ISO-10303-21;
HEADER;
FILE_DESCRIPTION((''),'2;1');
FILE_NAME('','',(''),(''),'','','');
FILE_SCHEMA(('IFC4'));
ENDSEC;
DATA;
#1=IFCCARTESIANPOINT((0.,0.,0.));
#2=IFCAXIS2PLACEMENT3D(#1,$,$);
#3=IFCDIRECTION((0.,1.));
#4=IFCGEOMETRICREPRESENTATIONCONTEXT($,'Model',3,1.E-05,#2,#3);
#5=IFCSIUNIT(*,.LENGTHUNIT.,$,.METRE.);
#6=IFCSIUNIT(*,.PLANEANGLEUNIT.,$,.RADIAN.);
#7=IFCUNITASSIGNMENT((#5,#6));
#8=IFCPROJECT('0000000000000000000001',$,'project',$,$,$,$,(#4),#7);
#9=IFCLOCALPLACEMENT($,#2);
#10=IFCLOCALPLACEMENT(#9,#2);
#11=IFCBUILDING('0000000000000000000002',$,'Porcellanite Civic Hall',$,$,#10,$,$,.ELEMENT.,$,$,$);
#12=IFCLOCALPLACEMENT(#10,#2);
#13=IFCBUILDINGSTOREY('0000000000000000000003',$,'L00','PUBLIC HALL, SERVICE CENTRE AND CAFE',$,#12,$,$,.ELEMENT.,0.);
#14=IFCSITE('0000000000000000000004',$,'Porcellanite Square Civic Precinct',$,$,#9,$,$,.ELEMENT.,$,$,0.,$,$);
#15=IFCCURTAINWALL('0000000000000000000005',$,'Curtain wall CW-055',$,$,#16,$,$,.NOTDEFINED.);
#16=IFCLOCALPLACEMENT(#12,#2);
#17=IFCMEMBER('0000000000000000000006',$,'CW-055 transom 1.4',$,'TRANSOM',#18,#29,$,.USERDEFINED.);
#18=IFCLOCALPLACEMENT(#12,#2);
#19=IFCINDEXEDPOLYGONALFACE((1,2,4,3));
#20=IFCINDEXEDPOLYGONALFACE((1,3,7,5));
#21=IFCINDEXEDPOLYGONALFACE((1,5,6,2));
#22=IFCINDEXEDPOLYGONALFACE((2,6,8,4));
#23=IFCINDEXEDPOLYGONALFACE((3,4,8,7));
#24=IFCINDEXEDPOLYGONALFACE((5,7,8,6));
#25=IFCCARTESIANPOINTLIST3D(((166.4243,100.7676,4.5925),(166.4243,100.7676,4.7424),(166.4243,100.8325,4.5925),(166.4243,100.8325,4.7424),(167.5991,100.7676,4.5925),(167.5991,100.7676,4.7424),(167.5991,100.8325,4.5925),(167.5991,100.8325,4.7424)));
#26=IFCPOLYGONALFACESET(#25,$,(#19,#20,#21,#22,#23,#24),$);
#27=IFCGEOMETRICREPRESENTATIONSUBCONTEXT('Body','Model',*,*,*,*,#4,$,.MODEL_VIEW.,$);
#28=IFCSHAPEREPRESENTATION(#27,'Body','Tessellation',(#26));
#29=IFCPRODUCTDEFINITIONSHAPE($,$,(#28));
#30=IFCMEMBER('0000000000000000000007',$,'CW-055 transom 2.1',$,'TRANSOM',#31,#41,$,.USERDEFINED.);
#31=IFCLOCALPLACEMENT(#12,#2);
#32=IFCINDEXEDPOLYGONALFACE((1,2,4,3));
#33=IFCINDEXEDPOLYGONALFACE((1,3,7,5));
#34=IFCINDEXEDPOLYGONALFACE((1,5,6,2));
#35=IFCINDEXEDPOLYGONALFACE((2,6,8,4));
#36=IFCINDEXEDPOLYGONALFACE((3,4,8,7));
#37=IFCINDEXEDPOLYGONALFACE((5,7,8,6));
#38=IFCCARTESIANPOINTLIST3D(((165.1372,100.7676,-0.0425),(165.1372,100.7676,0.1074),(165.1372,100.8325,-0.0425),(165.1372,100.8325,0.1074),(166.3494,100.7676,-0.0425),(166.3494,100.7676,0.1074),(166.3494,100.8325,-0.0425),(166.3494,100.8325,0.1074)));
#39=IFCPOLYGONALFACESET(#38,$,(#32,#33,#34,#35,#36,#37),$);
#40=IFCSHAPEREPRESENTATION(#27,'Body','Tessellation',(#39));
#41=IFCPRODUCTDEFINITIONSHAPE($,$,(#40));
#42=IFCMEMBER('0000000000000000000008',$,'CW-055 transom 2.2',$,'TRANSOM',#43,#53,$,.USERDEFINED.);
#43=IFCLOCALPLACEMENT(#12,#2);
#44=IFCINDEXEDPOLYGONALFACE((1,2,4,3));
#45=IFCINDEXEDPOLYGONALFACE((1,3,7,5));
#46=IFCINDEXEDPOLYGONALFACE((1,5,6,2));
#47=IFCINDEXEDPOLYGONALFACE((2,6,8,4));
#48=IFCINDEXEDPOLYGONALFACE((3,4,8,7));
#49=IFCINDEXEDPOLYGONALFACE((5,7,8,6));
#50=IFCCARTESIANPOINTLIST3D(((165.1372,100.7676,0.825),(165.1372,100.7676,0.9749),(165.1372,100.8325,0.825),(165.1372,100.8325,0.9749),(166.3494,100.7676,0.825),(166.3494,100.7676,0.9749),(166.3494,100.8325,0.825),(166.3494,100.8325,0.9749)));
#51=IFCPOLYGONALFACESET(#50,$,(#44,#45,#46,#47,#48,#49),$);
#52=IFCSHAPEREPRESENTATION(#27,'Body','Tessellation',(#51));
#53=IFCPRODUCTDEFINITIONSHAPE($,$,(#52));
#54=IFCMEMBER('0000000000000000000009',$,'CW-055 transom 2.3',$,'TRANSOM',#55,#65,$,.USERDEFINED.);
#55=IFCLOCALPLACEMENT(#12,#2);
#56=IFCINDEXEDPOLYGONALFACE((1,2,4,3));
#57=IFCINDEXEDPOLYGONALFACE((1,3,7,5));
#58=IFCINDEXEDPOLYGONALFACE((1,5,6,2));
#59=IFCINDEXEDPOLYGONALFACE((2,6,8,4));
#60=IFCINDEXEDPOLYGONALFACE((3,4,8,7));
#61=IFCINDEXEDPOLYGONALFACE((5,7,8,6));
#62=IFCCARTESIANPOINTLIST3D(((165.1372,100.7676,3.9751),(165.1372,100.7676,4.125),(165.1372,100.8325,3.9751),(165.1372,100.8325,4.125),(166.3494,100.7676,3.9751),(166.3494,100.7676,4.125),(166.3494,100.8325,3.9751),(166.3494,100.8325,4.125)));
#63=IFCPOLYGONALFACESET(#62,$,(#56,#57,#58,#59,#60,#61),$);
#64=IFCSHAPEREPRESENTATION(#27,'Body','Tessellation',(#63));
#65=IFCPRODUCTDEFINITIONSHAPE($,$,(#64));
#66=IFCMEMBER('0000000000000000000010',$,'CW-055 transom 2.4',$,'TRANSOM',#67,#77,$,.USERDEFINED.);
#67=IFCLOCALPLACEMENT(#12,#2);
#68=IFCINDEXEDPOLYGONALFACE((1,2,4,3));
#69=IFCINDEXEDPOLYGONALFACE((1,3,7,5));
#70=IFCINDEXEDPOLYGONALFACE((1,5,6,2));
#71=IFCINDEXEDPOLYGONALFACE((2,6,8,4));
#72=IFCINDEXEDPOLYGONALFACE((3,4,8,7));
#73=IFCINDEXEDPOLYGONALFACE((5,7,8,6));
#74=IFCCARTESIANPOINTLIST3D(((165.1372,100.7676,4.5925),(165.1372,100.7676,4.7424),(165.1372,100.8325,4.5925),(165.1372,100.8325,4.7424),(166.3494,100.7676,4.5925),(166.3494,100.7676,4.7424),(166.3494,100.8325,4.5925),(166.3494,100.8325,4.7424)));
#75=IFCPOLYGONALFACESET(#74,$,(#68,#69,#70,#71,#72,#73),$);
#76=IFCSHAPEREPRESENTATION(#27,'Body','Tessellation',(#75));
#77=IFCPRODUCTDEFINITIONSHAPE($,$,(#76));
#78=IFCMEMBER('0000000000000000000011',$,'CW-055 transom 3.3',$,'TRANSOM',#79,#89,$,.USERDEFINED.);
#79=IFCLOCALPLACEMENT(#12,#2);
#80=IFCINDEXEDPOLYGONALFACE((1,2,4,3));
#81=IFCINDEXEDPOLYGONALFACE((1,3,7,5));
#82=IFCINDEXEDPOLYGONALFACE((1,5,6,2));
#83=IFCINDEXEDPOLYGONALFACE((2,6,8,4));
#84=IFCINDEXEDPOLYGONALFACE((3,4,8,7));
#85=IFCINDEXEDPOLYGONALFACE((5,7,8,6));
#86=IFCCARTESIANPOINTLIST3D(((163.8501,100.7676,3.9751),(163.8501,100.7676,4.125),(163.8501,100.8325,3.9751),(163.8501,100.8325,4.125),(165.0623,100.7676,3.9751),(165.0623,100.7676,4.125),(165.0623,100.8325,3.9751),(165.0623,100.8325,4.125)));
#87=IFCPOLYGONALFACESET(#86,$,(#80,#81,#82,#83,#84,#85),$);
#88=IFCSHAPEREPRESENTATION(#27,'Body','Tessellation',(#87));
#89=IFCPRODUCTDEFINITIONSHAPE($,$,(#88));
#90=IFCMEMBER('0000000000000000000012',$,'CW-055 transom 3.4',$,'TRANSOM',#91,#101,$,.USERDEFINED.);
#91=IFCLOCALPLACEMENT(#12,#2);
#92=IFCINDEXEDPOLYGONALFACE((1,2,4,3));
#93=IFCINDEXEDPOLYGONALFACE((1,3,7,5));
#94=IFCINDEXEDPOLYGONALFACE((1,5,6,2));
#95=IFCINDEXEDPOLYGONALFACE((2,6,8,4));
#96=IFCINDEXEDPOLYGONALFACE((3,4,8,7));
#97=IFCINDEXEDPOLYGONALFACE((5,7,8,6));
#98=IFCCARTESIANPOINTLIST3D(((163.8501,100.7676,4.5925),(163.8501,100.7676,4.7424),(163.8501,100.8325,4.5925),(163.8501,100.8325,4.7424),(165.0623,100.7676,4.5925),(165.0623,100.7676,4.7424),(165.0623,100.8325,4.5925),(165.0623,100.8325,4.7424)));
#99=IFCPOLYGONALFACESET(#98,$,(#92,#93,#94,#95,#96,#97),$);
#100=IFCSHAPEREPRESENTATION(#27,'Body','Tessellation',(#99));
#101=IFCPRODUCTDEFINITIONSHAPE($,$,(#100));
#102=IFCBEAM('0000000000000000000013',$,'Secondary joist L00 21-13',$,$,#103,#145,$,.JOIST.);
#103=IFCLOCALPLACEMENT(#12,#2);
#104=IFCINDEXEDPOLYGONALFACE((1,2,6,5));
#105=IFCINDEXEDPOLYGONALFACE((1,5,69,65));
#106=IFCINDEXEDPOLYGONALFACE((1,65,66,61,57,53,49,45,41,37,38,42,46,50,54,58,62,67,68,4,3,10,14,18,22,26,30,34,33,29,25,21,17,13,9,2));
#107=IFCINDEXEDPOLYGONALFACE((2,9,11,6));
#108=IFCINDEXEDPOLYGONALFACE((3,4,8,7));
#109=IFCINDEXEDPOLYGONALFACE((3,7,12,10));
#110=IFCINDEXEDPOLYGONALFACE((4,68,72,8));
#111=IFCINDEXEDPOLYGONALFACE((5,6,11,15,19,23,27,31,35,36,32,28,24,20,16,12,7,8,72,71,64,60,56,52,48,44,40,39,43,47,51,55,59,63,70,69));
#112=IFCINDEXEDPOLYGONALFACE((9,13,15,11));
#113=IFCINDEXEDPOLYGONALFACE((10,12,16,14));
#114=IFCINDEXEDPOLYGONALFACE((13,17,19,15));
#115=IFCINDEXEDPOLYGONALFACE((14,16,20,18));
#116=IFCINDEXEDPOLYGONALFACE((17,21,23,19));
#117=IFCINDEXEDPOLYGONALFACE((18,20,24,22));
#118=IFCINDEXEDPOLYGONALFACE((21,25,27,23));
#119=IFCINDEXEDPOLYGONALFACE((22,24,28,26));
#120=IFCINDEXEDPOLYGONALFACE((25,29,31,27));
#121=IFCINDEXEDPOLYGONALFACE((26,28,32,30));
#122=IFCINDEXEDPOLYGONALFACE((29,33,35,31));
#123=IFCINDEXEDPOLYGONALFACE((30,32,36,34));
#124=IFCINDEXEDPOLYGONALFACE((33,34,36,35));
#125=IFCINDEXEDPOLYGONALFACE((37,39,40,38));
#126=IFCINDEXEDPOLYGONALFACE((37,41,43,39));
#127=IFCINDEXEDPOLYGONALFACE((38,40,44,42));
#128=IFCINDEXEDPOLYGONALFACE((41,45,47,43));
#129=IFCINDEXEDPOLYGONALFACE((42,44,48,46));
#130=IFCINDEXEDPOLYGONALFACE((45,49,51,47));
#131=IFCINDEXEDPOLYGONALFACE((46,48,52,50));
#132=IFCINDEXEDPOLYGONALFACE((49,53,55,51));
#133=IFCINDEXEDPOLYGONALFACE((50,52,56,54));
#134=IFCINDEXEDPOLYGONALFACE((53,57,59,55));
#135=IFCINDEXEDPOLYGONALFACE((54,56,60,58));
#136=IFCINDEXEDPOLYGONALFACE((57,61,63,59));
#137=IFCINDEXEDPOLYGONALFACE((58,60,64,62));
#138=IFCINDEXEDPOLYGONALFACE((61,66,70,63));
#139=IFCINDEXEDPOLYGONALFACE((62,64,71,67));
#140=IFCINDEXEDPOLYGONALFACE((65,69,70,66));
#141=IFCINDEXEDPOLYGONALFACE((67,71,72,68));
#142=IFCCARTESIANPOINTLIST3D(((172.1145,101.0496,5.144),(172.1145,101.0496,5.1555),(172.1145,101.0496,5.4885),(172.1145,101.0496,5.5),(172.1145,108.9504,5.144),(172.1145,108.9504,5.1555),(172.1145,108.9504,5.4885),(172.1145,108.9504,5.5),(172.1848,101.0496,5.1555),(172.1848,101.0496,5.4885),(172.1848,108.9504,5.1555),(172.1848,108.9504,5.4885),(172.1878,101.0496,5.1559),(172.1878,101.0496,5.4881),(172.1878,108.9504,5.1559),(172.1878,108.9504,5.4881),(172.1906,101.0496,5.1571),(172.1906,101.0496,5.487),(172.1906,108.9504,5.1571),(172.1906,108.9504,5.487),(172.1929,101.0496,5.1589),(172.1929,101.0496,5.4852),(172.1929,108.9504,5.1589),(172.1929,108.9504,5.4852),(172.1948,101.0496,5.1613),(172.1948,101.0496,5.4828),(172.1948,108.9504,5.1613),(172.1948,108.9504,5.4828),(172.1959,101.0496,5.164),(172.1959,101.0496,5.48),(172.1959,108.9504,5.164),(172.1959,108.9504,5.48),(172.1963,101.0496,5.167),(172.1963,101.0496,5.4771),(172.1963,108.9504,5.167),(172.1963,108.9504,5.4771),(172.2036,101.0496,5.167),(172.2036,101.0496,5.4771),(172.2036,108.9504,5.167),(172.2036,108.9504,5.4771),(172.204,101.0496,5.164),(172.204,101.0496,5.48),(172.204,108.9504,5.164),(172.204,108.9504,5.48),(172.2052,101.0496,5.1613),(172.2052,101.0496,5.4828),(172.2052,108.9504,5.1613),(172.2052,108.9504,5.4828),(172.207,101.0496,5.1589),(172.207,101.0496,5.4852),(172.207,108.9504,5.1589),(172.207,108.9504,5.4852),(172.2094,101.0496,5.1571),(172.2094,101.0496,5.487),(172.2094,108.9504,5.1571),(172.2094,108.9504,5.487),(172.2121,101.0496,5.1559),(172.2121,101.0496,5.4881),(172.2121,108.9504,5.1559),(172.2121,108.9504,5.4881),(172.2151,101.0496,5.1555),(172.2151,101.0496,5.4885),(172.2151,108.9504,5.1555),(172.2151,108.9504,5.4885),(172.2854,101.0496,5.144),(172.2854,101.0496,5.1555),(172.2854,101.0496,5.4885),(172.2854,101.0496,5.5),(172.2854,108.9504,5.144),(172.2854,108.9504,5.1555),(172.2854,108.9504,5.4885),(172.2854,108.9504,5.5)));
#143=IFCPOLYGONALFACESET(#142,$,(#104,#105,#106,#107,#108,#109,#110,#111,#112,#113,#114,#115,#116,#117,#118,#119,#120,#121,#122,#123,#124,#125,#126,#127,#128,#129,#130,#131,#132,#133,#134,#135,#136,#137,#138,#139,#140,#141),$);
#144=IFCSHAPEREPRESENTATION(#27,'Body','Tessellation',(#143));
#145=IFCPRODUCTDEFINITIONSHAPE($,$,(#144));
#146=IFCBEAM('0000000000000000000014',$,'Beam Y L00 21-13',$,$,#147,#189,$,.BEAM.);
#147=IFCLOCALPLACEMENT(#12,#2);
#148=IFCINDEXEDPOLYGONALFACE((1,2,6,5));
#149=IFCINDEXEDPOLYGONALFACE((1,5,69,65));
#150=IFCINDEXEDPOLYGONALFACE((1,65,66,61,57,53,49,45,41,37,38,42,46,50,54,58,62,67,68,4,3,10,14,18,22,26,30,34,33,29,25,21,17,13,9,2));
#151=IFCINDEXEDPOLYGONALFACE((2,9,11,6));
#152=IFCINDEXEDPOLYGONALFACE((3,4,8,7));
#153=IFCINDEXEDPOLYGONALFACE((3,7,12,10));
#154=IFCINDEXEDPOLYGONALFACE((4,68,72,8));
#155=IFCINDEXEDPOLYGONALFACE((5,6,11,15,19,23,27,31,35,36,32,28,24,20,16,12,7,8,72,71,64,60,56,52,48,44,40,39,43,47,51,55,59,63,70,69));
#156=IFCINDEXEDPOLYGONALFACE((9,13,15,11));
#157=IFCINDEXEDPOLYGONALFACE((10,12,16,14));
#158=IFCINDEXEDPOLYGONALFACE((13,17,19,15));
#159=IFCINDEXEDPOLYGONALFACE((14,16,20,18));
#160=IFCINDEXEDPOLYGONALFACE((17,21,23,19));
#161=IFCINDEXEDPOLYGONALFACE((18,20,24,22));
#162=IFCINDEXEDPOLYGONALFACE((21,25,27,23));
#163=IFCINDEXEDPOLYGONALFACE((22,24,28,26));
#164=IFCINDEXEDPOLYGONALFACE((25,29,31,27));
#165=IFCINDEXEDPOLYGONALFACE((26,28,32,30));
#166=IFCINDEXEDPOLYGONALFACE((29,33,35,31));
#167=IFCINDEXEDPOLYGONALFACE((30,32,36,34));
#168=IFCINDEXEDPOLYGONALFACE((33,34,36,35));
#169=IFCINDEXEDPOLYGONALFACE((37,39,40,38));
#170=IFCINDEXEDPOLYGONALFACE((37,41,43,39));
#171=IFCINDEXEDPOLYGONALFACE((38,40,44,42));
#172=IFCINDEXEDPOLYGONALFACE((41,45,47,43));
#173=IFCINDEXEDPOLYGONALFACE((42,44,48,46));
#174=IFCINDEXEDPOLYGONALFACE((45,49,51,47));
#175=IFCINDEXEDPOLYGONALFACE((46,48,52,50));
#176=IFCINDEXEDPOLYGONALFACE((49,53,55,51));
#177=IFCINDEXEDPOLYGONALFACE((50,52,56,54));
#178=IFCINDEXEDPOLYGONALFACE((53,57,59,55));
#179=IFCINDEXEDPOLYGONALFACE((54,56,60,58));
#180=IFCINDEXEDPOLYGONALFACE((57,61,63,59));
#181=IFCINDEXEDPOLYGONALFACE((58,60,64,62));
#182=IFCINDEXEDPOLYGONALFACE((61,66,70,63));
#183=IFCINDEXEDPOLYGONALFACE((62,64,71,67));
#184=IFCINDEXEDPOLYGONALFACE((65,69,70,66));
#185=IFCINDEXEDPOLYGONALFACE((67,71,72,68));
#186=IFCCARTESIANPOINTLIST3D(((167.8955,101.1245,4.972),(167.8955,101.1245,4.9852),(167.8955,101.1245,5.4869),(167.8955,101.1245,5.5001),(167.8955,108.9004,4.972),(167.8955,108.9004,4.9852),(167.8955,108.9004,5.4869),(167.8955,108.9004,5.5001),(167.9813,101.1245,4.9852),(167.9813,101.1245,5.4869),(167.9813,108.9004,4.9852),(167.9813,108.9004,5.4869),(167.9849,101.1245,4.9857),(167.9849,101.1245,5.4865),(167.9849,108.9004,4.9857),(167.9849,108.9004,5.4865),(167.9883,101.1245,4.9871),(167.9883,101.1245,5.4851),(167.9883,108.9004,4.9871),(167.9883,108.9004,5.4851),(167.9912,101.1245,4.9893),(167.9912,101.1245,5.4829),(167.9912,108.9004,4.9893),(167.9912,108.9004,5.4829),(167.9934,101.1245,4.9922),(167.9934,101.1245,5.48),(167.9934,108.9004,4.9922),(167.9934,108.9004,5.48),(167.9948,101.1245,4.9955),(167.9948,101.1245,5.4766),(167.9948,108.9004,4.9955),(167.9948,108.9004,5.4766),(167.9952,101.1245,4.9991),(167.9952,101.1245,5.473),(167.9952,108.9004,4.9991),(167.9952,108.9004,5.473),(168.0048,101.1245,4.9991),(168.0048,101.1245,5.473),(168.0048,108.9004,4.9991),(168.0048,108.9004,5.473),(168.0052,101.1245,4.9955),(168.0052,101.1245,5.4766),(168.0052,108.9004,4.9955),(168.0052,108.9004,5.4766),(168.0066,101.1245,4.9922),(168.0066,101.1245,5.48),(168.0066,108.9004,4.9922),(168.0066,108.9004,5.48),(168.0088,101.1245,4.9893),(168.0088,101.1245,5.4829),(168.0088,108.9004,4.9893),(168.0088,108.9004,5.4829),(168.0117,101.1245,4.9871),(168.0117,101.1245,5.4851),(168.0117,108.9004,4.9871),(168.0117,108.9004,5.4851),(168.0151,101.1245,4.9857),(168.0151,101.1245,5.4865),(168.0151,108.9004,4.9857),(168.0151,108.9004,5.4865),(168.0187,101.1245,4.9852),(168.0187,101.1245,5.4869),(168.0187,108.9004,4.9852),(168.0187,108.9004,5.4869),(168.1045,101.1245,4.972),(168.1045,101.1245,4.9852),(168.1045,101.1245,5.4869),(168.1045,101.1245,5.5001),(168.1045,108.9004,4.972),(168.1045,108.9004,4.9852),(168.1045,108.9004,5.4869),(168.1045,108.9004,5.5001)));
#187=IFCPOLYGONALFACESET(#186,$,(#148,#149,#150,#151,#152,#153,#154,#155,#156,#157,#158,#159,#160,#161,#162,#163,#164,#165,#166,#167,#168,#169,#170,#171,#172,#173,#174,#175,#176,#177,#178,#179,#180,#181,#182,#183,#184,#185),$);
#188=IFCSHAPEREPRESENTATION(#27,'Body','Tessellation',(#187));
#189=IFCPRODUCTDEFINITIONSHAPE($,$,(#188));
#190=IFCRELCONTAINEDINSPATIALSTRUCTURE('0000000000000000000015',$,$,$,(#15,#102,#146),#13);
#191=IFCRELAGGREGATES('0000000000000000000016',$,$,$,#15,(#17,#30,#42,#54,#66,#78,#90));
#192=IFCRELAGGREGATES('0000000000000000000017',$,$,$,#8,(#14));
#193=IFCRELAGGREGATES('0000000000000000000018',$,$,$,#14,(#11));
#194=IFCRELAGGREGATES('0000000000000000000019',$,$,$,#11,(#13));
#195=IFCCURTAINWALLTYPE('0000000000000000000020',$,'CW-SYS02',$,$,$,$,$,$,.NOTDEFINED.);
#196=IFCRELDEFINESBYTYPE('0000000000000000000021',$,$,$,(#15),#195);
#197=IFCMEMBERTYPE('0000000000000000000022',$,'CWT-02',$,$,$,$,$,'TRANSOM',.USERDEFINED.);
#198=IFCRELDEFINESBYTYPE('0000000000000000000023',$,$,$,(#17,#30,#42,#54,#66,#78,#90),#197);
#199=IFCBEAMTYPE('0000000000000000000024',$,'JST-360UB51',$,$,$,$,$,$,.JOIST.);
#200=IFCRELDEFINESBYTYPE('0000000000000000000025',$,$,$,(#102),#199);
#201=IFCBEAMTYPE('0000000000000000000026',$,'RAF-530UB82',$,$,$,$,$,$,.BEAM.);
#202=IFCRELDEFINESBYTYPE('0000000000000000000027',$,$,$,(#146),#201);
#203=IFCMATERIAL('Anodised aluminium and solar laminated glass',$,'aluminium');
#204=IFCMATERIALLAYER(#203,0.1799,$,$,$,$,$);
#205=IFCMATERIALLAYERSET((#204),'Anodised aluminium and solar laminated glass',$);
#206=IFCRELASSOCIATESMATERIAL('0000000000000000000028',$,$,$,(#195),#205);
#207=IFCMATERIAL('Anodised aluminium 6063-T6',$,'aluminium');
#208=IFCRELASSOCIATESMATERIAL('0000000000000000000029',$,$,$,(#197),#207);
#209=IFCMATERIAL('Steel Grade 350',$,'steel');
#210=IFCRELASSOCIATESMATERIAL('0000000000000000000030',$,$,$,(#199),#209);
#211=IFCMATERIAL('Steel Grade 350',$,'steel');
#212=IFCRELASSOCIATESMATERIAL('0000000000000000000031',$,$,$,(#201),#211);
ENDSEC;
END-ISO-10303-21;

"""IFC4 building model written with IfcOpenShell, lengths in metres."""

from ifc_helpers import new_model, si_unit, direction, frame, origin, origin_2d, place, context, subcontext, project, spatial, rectangle, i_section, extrude, material, layer, layer_set, material_profile, profile_set, type_object, element, aggregate, save


model = new_model("IFC4")

# Units and contexts
model_context = context("Model", 3, precision=1e-05, world=origin(), true_north=direction((0.0, 1.0)))
body_context = subcontext(model_context, "Body", "Model", "MODEL_VIEW")
ifc_project = project(units=[si_unit("LENGTHUNIT", "METRE"), si_unit("PLANEANGLEUNIT", "RADIAN")], contexts=[model_context])

# Site, building, storey
site_placement = place(None, origin())
site = spatial("IfcSite", under=ifc_project, at=site_placement, Name="Porcellanite Square Civic Precinct", CompositionType="ELEMENT", RefElevation=0.0)
building_placement = place(site_placement, origin())
building = spatial("IfcBuilding", under=site, at=building_placement, Name="Porcellanite Civic Hall", CompositionType="ELEMENT")
storey_placement = place(building_placement, origin())
storey = spatial("IfcBuildingStorey", under=building, at=storey_placement, Name="L00", Description="PUBLIC HALL, SERVICE CENTRE AND CAFE", CompositionType="ELEMENT", Elevation=0.0)

# Curtain wall, members
ifc_material_1 = material(Name="Anodised aluminium and solar laminated glass", Category="aluminium")
ifc_layer_1 = layer(ifc_material_1, 0.1799)
ifc_layer_set_1 = layer_set([ifc_layer_1], Name="Anodised aluminium and solar laminated glass")
curtain_wall_type = type_object("IfcCurtainWallType", Name="CW-SYS02", PredefinedType="NOTDEFINED", material=ifc_layer_set_1)
curtain_wall_placement = place(storey_placement, origin())
curtain_wall = element("IfcCurtainWall", 1, at=curtain_wall_placement, inside=storey, type_object=curtain_wall_type, Name="Curtain wall CW-055", PredefinedType="NOTDEFINED")
ifc_material_2 = material(Name="Anodised aluminium 6063-T6", Category="aluminium")
ifc_material_profile_1 = material_profile(ifc_material_2, rectangle(XDim=0.0649, YDim=0.1499, at=origin_2d()), Name="AL-65x150")
ifc_profile_set_1 = profile_set([ifc_material_profile_1], Name="Anodised aluminium 6063-T6")
member_type_1 = type_object("IfcMemberType", Name="CWT-02", ElementType="TRANSOM", PredefinedType="USERDEFINED", material=ifc_profile_set_1)
member_1_placement = place(storey_placement, frame((167.5991, 100.8, 4.6675), z_axis=(-1.0, 0.0, 0.0), x_axis=(0.0, -1.0, 0.0)))
member_1 = element("IfcMember", 2, at=member_1_placement, type_object=member_type_1, Name="CW-055 transom 1.4", ObjectType="TRANSOM", PredefinedType="USERDEFINED", context=body_context, shape_type="SweptSolid", body=[
    extrude(rectangle(XDim=0.0649, YDim=0.1499, at=origin_2d()), origin(), (0.0, 0.0, 1.0), 1.1748),
])
member_2_placement = place(storey_placement, frame((166.3494, 100.8, 0.0325), z_axis=(-1.0, 0.0, 0.0), x_axis=(0.0, -1.0, 0.0)))
member_2 = element("IfcMember", 3, at=member_2_placement, type_object=member_type_1, Name="CW-055 transom 2.1", ObjectType="TRANSOM", PredefinedType="USERDEFINED", context=body_context, shape_type="SweptSolid", body=[
    extrude(rectangle(XDim=0.0649, YDim=0.1499, at=origin_2d()), origin(), (0.0, 0.0, 1.0), 1.2122),
])
member_3_placement = place(storey_placement, frame((166.3494, 100.8, 0.8999), z_axis=(-1.0, 0.0, 0.0), x_axis=(0.0, -1.0, 0.0)))
member_3 = element("IfcMember", 4, at=member_3_placement, type_object=member_type_1, Name="CW-055 transom 2.2", ObjectType="TRANSOM", PredefinedType="USERDEFINED", context=body_context, shape_type="SweptSolid", body=[
    extrude(rectangle(XDim=0.0649, YDim=0.1499, at=origin_2d()), origin(), (0.0, 0.0, 1.0), 1.2122),
])
member_4_placement = place(storey_placement, frame((166.3494, 100.8, 4.05), z_axis=(-1.0, 0.0, 0.0), x_axis=(0.0, -1.0, 0.0)))
member_4 = element("IfcMember", 5, at=member_4_placement, type_object=member_type_1, Name="CW-055 transom 2.3", ObjectType="TRANSOM", PredefinedType="USERDEFINED", context=body_context, shape_type="SweptSolid", body=[
    extrude(rectangle(XDim=0.0649, YDim=0.1499, at=origin_2d()), origin(), (0.0, 0.0, 1.0), 1.2122),
])
member_5_placement = place(storey_placement, frame((166.3494, 100.8, 4.6675), z_axis=(-1.0, 0.0, 0.0), x_axis=(0.0, -1.0, 0.0)))
member_5 = element("IfcMember", 6, at=member_5_placement, type_object=member_type_1, Name="CW-055 transom 2.4", ObjectType="TRANSOM", PredefinedType="USERDEFINED", context=body_context, shape_type="SweptSolid", body=[
    extrude(rectangle(XDim=0.0649, YDim=0.1499, at=origin_2d()), origin(), (0.0, 0.0, 1.0), 1.2122),
])
member_6_placement = place(storey_placement, frame((165.0623, 100.8, 4.05), z_axis=(-1.0, 0.0, 0.0), x_axis=(0.0, -1.0, 0.0)))
member_6 = element("IfcMember", 7, at=member_6_placement, type_object=member_type_1, Name="CW-055 transom 3.3", ObjectType="TRANSOM", PredefinedType="USERDEFINED", context=body_context, shape_type="SweptSolid", body=[
    extrude(rectangle(XDim=0.0649, YDim=0.1499, at=origin_2d()), origin(), (0.0, 0.0, 1.0), 1.2122),
])
member_7_placement = place(storey_placement, frame((165.0623, 100.8, 4.6675), z_axis=(-1.0, 0.0, 0.0), x_axis=(0.0, -1.0, 0.0)))
member_7 = element("IfcMember", 8, at=member_7_placement, type_object=member_type_1, Name="CW-055 transom 3.4", ObjectType="TRANSOM", PredefinedType="USERDEFINED", context=body_context, shape_type="SweptSolid", body=[
    extrude(rectangle(XDim=0.0649, YDim=0.1499, at=origin_2d()), origin(), (0.0, 0.0, 1.0), 1.2122),
])

# Beams
ifc_material_3 = material(Name="Steel Grade 350", Category="steel")
ifc_material_profile_2 = material_profile(ifc_material_3, i_section(OverallWidth=0.1709, OverallDepth=0.356, WebThickness=0.0073, FlangeThickness=0.0115, FilletRadius=0.0115, at=origin_2d()), Name="360UB50.7")
ifc_profile_set_2 = profile_set([ifc_material_profile_2], Name="Steel Grade 350")
beam_type_1 = type_object("IfcBeamType", Name="JST-360UB51", PredefinedType="JOIST", material=ifc_profile_set_2)
beam_1_placement = place(storey_placement, frame((172.2, 101.0496, 5.322), z_axis=(0.0, 1.0, 0.0), x_axis=(-1.0, 0.0, 0.0)))
element("IfcBeam", 9, at=beam_1_placement, inside=storey, type_object=beam_type_1, Name="Secondary joist L00 21-13", PredefinedType="JOIST", context=body_context, shape_type="SweptSolid", body=[
    extrude(i_section(OverallWidth=0.1709, OverallDepth=0.356, WebThickness=0.0073, FlangeThickness=0.0115, FilletRadius=0.0115, at=origin_2d()), origin(), (0.0, 0.0, 1.0), 7.9009),
])
ifc_material_4 = material(Name="Steel Grade 350", Category="steel")
ifc_material_profile_3 = material_profile(ifc_material_4, i_section(OverallWidth=0.209, OverallDepth=0.5281, WebThickness=0.0095, FlangeThickness=0.0132, FilletRadius=0.0139, at=origin_2d()), Name="530UB82.0")
ifc_profile_set_3 = profile_set([ifc_material_profile_3], Name="Steel Grade 350")
beam_type_2 = type_object("IfcBeamType", Name="RAF-530UB82", PredefinedType="BEAM", material=ifc_profile_set_3)
beam_2_placement = place(storey_placement, frame((168.0, 101.1245, 5.2361), z_axis=(0.0, 1.0, 0.0), x_axis=(-1.0, 0.0, 0.0)))
element("IfcBeam", 10, at=beam_2_placement, inside=storey, type_object=beam_type_2, Name="Beam Y L00 21-13", PredefinedType="BEAM", context=body_context, shape_type="SweptSolid", body=[
    extrude(i_section(OverallWidth=0.209, OverallDepth=0.5281, WebThickness=0.0095, FlangeThickness=0.0132, FilletRadius=0.0139, at=origin_2d()), origin(), (0.0, 0.0, 1.0), 7.7759),
])

aggregate(curtain_wall, [member_1, member_2, member_3, member_4, member_5, member_6, member_7])

save(model, "model.ifc")
